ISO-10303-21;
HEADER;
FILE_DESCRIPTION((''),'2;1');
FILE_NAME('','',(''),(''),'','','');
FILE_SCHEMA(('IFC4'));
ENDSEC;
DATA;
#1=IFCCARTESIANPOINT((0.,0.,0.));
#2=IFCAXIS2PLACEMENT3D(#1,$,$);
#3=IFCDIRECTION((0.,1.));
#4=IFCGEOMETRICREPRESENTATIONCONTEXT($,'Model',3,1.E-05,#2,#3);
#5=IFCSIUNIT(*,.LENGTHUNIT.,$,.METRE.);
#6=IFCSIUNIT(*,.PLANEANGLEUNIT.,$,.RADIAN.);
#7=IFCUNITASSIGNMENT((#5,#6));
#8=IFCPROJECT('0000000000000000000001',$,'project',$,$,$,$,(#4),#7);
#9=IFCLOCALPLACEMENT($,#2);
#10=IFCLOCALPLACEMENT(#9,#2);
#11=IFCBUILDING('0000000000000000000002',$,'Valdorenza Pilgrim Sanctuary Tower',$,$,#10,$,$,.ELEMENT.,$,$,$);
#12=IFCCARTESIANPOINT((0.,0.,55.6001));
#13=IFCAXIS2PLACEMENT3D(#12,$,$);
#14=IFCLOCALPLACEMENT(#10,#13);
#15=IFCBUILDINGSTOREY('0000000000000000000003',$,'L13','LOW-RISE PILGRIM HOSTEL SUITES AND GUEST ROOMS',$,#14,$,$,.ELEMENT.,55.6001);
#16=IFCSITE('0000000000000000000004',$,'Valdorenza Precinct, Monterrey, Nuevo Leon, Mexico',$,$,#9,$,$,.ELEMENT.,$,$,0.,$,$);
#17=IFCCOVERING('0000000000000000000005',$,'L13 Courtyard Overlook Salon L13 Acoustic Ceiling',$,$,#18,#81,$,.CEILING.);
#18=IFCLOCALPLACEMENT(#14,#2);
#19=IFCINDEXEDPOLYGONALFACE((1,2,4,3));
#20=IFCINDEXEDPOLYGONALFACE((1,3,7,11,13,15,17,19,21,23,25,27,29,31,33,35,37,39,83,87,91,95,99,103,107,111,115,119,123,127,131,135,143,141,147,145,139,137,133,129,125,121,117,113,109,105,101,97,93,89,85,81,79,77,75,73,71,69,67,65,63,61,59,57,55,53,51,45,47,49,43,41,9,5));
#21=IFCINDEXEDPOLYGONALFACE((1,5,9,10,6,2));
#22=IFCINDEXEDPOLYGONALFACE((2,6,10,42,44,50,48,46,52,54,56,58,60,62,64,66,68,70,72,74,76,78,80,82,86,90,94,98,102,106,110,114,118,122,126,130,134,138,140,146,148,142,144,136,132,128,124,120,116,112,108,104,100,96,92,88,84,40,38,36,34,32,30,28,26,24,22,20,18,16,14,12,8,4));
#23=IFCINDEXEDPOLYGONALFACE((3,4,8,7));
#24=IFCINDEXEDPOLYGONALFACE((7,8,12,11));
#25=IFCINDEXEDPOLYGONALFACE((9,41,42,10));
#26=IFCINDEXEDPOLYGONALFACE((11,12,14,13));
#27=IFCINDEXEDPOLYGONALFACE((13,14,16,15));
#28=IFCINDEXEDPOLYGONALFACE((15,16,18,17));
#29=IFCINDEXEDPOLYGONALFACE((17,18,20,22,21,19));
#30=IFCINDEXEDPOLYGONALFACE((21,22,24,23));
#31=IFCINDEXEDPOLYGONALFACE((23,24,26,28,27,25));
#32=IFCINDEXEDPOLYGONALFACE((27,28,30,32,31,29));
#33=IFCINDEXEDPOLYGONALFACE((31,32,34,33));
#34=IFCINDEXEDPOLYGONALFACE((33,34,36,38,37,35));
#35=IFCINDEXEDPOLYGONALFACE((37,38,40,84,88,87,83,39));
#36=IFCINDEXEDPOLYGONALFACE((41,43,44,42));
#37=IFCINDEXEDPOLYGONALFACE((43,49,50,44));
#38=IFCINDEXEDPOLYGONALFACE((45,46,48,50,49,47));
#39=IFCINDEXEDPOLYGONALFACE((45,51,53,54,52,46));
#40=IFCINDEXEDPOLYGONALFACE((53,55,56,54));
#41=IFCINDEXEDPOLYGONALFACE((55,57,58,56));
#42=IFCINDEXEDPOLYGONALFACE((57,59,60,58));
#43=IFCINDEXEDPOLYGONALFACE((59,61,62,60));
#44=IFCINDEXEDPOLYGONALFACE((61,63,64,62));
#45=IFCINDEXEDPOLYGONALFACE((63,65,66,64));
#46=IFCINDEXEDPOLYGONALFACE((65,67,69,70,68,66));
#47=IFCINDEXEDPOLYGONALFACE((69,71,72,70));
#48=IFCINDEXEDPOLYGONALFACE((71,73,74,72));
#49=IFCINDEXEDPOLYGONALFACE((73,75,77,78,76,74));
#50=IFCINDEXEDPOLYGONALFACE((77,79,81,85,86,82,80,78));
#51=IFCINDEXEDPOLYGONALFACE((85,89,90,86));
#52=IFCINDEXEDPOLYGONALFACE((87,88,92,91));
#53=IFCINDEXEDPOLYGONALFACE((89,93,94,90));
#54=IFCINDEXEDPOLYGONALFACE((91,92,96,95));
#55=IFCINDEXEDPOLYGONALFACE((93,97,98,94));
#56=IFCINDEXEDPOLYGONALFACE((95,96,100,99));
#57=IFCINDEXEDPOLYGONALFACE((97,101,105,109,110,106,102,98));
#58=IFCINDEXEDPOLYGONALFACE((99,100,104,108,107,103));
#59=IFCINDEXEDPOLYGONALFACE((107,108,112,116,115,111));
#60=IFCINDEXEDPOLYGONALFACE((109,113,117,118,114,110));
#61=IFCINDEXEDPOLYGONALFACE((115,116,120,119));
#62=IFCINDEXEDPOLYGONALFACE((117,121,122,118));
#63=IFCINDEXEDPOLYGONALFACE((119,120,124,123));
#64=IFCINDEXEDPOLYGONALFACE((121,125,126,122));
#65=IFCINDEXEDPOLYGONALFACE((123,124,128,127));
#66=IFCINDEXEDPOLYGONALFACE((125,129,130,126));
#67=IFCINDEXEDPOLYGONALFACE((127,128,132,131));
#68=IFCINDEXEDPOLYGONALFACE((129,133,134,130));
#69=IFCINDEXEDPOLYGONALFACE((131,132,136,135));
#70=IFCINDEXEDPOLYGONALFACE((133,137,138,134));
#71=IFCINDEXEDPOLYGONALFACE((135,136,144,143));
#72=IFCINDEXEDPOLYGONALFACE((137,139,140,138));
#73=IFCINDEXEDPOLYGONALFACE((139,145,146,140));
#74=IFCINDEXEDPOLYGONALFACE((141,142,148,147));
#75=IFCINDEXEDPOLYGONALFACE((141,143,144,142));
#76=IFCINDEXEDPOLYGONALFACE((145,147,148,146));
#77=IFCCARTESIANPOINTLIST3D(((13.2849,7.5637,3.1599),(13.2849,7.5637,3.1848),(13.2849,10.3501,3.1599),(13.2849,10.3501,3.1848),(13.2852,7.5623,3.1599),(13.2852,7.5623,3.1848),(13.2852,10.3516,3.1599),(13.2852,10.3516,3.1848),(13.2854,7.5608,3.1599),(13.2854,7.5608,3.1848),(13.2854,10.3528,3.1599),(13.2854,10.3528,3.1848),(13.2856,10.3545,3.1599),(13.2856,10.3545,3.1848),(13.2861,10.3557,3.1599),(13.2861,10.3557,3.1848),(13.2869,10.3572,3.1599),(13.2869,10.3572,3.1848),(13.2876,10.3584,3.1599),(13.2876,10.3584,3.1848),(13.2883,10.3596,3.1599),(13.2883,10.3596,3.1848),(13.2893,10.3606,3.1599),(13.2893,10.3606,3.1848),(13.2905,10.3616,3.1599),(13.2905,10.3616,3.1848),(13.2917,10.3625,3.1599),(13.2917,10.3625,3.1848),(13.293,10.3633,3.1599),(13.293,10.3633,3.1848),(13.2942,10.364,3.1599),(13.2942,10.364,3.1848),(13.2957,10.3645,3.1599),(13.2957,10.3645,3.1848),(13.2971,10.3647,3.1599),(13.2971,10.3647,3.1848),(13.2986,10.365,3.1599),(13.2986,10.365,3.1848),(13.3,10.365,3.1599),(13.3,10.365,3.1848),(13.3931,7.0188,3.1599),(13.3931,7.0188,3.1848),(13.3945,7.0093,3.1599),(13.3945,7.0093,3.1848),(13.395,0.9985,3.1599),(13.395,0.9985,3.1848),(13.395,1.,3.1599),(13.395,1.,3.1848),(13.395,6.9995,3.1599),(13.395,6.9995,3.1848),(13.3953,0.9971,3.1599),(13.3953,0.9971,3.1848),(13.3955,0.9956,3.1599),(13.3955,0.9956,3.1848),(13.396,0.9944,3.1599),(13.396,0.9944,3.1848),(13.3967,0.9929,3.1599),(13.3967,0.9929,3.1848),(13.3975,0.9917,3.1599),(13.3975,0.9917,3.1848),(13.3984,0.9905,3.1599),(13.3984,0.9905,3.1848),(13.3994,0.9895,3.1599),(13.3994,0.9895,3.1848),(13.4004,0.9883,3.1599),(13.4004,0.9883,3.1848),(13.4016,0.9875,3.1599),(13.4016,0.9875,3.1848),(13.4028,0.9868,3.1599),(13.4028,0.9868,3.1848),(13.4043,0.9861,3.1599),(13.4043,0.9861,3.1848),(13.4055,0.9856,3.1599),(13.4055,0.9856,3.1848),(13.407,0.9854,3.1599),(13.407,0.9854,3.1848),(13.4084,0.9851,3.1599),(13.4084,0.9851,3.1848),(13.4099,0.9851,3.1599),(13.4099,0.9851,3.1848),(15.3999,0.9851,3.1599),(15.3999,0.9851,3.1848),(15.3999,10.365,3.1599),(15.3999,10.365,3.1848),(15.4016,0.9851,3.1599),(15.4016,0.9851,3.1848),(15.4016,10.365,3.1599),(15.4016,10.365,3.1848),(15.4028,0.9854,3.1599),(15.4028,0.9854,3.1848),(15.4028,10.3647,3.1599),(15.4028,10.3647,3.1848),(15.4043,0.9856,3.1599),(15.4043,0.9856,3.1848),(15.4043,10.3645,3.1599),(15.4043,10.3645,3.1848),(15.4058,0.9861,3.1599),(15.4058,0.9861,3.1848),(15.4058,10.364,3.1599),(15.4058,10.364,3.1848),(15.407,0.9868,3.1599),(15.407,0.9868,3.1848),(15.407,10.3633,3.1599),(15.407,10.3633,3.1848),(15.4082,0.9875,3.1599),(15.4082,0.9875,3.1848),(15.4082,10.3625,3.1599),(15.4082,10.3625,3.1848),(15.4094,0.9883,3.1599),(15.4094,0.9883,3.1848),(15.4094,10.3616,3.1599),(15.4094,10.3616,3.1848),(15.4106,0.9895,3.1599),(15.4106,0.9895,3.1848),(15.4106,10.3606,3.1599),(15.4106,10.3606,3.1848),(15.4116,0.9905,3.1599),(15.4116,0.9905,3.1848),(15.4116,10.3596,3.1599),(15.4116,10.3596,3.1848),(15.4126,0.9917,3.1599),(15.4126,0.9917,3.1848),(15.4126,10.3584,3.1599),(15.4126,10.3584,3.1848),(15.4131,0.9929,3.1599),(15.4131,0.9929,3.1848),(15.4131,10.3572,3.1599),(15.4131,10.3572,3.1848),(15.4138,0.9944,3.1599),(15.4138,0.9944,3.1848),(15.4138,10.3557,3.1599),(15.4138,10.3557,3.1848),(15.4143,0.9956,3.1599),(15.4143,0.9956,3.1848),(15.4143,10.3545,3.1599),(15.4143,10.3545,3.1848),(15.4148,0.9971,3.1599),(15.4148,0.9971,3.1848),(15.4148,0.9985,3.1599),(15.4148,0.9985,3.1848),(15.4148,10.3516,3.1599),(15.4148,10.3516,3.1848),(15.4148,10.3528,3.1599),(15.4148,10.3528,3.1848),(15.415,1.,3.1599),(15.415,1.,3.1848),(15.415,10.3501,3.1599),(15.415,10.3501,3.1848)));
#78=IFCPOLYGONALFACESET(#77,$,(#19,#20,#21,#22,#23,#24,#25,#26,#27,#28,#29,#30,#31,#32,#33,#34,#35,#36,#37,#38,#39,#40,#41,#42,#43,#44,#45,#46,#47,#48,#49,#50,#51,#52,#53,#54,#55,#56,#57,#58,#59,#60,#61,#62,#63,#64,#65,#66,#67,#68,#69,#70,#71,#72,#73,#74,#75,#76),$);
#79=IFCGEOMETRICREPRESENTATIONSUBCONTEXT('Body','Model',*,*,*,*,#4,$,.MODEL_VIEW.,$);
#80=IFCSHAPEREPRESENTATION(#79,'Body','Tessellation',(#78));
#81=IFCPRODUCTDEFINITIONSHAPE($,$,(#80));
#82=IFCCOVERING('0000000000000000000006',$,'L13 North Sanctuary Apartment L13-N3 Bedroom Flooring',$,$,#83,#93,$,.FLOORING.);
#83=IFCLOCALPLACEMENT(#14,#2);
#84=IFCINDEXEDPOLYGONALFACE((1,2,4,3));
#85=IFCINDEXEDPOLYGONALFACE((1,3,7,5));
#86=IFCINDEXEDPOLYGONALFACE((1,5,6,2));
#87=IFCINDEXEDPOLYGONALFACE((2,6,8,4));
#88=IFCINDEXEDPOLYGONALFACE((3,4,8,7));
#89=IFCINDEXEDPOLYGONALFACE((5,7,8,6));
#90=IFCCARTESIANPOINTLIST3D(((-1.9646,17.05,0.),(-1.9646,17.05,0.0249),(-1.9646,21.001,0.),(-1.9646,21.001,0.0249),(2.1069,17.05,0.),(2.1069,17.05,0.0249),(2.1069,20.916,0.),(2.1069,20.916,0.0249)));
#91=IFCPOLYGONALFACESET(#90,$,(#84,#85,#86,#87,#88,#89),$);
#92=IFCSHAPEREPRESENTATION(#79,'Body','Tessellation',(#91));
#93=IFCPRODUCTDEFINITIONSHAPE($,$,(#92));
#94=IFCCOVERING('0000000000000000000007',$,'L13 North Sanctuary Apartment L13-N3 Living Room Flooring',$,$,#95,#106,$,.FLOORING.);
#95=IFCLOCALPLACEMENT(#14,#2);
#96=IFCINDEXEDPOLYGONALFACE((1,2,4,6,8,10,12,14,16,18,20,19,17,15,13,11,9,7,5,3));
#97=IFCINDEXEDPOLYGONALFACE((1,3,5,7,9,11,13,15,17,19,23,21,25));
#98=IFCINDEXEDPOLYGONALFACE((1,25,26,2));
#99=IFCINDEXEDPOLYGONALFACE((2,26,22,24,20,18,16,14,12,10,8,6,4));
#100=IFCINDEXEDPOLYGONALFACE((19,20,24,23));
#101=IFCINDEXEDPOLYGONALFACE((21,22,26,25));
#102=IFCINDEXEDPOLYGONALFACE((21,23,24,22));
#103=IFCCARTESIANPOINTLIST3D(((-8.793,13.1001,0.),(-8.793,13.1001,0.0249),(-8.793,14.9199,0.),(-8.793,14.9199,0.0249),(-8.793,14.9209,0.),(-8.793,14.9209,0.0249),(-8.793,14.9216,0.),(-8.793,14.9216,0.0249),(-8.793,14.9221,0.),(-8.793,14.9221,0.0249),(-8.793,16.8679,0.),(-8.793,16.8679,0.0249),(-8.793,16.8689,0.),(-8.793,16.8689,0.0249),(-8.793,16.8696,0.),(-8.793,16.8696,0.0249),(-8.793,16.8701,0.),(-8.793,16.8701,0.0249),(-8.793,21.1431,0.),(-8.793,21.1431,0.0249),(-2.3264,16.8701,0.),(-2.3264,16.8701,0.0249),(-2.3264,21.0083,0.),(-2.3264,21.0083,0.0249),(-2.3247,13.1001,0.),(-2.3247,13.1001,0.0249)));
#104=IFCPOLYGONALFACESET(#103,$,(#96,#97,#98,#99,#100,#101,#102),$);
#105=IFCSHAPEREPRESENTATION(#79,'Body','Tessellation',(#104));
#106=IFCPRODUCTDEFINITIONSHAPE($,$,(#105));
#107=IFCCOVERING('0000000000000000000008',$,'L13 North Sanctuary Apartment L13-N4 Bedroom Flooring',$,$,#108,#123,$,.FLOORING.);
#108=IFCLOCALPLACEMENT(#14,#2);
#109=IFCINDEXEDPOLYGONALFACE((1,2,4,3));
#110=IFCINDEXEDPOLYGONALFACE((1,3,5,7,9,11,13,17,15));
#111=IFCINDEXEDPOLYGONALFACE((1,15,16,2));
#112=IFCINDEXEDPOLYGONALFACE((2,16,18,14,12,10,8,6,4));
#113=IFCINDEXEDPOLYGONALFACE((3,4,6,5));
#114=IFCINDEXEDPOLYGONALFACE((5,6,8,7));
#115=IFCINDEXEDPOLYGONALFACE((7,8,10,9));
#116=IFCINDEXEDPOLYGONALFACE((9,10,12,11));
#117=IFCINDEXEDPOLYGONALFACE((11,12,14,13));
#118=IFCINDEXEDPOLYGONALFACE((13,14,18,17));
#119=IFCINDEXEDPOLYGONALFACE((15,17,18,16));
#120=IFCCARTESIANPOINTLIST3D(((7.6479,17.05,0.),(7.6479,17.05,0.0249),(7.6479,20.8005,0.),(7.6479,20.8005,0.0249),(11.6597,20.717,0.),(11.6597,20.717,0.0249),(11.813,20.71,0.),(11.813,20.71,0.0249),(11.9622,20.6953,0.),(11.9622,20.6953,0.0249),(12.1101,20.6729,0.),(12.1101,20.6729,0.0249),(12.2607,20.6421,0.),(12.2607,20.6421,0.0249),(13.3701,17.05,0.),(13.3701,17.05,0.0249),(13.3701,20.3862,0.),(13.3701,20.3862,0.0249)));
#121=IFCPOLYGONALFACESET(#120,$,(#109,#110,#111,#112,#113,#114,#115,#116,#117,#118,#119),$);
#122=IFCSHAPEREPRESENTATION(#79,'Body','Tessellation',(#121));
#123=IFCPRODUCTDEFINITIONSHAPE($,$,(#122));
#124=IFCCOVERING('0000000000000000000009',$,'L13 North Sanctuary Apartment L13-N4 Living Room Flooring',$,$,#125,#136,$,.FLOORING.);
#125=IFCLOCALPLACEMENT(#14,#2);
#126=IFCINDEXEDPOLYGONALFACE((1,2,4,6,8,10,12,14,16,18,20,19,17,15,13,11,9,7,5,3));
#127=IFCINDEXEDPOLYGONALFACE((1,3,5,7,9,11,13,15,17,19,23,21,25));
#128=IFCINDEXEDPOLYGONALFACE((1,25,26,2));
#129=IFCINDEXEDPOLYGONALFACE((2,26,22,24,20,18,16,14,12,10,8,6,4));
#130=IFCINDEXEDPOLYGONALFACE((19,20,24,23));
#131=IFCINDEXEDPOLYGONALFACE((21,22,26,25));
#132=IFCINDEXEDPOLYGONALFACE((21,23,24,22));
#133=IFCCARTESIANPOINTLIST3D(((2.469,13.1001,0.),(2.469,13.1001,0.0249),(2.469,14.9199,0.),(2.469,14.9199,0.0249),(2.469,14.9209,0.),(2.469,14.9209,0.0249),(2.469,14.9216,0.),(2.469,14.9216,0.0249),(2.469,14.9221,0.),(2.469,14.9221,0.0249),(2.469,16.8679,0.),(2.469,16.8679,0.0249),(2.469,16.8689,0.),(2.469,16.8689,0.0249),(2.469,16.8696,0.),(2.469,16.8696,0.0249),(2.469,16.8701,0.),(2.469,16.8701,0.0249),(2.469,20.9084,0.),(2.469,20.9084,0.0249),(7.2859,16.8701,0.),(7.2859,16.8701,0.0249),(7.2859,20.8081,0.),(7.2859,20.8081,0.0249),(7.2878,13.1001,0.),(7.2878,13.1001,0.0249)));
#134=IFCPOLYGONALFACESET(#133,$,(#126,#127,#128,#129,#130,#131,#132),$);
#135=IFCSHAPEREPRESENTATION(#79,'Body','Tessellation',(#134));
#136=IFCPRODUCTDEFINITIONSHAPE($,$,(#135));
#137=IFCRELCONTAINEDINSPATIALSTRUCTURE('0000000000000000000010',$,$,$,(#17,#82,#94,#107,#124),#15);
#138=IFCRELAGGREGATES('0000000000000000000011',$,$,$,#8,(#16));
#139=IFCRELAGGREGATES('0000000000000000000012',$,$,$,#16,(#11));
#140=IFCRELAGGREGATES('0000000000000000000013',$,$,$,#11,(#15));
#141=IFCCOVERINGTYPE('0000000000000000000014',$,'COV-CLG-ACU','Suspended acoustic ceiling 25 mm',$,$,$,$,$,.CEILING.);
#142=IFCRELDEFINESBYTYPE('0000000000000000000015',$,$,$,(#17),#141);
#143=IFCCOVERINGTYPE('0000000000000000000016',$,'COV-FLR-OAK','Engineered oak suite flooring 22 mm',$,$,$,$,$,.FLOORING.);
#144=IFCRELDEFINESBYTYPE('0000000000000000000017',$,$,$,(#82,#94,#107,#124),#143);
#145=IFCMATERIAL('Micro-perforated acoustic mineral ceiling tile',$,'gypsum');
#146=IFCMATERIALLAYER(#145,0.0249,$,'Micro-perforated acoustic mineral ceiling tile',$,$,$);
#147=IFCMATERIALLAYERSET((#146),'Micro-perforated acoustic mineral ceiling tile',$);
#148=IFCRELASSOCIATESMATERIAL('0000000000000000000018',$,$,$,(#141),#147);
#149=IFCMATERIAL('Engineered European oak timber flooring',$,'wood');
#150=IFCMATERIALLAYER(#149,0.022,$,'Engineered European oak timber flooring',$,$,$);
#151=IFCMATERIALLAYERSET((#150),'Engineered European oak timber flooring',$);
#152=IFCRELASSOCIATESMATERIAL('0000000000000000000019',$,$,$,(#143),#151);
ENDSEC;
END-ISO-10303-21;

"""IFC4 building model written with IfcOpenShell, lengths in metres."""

from ifc_helpers import new_model, si_unit, direction, frame, origin, place, context, subcontext, project, spatial, polyline, outline, extrude, material, layer, layer_set, type_object, element, save


model = new_model("IFC4")

# Units and contexts
model_context = context("Model", 3, precision=1e-05, world=origin(), true_north=direction((0.0, 1.0)))
body_context = subcontext(model_context, "Body", "Model", "MODEL_VIEW")
ifc_project = project(units=[si_unit("LENGTHUNIT", "METRE"), si_unit("PLANEANGLEUNIT", "RADIAN")], contexts=[model_context])

# Site, building, storey
site_placement = place(None, origin())
site = spatial("IfcSite", under=ifc_project, at=site_placement, Name="Valdorenza Precinct, Monterrey, Nuevo Leon, Mexico", CompositionType="ELEMENT", RefElevation=0.0)
building_placement = place(site_placement, origin())
building = spatial("IfcBuilding", under=site, at=building_placement, Name="Valdorenza Pilgrim Sanctuary Tower", CompositionType="ELEMENT")
storey_placement = place(building_placement, frame((0.0, 0.0, 55.6001)))
storey = spatial("IfcBuildingStorey", under=building, at=storey_placement, Name="L13", Description="LOW-RISE PILGRIM HOSTEL SUITES AND GUEST ROOMS", CompositionType="ELEMENT", Elevation=55.6001)

# Coverings
ifc_material_1 = material(Name="Micro-perforated acoustic mineral ceiling tile", Category="gypsum")
ifc_layer_1 = layer(ifc_material_1, 0.0249, Name="Micro-perforated acoustic mineral ceiling tile")
ifc_layer_set_1 = layer_set([ifc_layer_1], Name="Micro-perforated acoustic mineral ceiling tile")
covering_type_1 = type_object("IfcCoveringType", Name="COV-CLG-ACU", Description="Suspended acoustic ceiling 25 mm", PredefinedType="CEILING", material=ifc_layer_set_1)
covering_1_placement = place(storey_placement, frame((0.0, 0.0, 3.1599)))
element("IfcCovering", 1, at=covering_1_placement, inside=storey, type_object=covering_type_1, Name="L13 Courtyard Overlook Salon L13 Acoustic Ceiling", PredefinedType="CEILING", context=body_context, shape_type="SweptSolid", body=[
    extrude(outline(polyline([(15.3999, 10.365), (15.4016, 10.365), (15.4028, 10.3647), (15.4043, 10.3645), (15.4058, 10.364), (15.407, 10.3633), (15.4082, 10.3625), (15.4094, 10.3616), (15.4106, 10.3606), (15.4116, 10.3596), (15.4126, 10.3584), (15.4131, 10.3572), (15.4138, 10.3557), (15.4143, 10.3545), (15.4148, 10.3528), (15.4148, 10.3516), (15.415, 10.3501), (15.415, 1.0), (15.4148, 0.9985), (15.4148, 0.9971), (15.4143, 0.9956), (15.4138, 0.9944), (15.4131, 0.9929), (15.4126, 0.9917), (15.4116, 0.9905), (15.4106, 0.9895), (15.4094, 0.9883), (15.4082, 0.9875), (15.407, 0.9868), (15.4058, 0.9861), (15.4043, 0.9856), (15.4028, 0.9854), (15.4016, 0.9851), (15.3999, 0.9851), (13.4099, 0.9851), (13.4084, 0.9851), (13.407, 0.9854), (13.4055, 0.9856), (13.4043, 0.9861), (13.4028, 0.9868), (13.4016, 0.9875), (13.4004, 0.9883), (13.3994, 0.9895), (13.3984, 0.9905), (13.3975, 0.9917), (13.3967, 0.9929), (13.396, 0.9944), (13.3955, 0.9956), (13.3953, 0.9971), (13.395, 0.9985), (13.395, 1.0), (13.395, 6.9995), (13.3945, 7.0093), (13.3931, 7.0188), (13.2854, 7.5608), (13.2852, 7.5623), (13.2849, 7.5637), (13.2849, 10.3501), (13.2852, 10.3516), (13.2854, 10.3528), (13.2856, 10.3545), (13.2861, 10.3557), (13.2869, 10.3572), (13.2876, 10.3584), (13.2883, 10.3596), (13.2893, 10.3606), (13.2905, 10.3616), (13.2917, 10.3625), (13.293, 10.3633), (13.2942, 10.364), (13.2957, 10.3645), (13.2971, 10.3647), (13.2986, 10.365), (13.3, 10.365), (15.3999, 10.365)])), origin(), (0.0, 0.0, 1.0), 0.0249),
])
ifc_material_2 = material(Name="Engineered European oak timber flooring", Category="wood")
ifc_layer_2 = layer(ifc_material_2, 0.022, Name="Engineered European oak timber flooring")
ifc_layer_set_2 = layer_set([ifc_layer_2], Name="Engineered European oak timber flooring")
covering_type_2 = type_object("IfcCoveringType", Name="COV-FLR-OAK", Description="Engineered oak suite flooring 22 mm", PredefinedType="FLOORING", material=ifc_layer_set_2)
covering_2_placement = place(storey_placement, origin())
element("IfcCovering", 2, at=covering_2_placement, inside=storey, type_object=covering_type_2, Name="L13 North Sanctuary Apartment L13-N3 Bedroom Flooring", PredefinedType="FLOORING", context=body_context, shape_type="SweptSolid", body=[
    extrude(outline(polyline([(-1.9646, 17.05), (-1.9646, 21.001), (2.1069, 20.916), (2.1069, 17.05), (-1.9646, 17.05)])), origin(), (0.0, 0.0, 1.0), 0.0249),
])
covering_3_placement = place(storey_placement, origin())
element("IfcCovering", 3, at=covering_3_placement, inside=storey, type_object=covering_type_2, Name="L13 North Sanctuary Apartment L13-N3 Living Room Flooring", PredefinedType="FLOORING", context=body_context, shape_type="SweptSolid", body=[
    extrude(outline(polyline([(-8.793, 14.9216), (-8.793, 14.9221), (-8.793, 16.8679), (-8.793, 16.8689), (-8.793, 16.8696), (-8.793, 16.8701), (-8.793, 21.1431), (-2.3264, 21.0083), (-2.3264, 16.8701), (-2.3247, 13.1001), (-8.793, 13.1001), (-8.793, 14.9199), (-8.793, 14.9209), (-8.793, 14.9216)])), origin(), (0.0, 0.0, 1.0), 0.0249),
])
covering_4_placement = place(storey_placement, origin())
element("IfcCovering", 4, at=covering_4_placement, inside=storey, type_object=covering_type_2, Name="L13 North Sanctuary Apartment L13-N4 Bedroom Flooring", PredefinedType="FLOORING", context=body_context, shape_type="SweptSolid", body=[
    extrude(outline(polyline([(7.6479, 17.05), (7.6479, 20.8005), (11.6597, 20.717), (11.813, 20.71), (11.9622, 20.6953), (12.1101, 20.6729), (12.2607, 20.6421), (13.3701, 20.3862), (13.3701, 17.05), (7.6479, 17.05)])), origin(), (0.0, 0.0, 1.0), 0.0249),
])
covering_5_placement = place(storey_placement, origin())
element("IfcCovering", 5, at=covering_5_placement, inside=storey, type_object=covering_type_2, Name="L13 North Sanctuary Apartment L13-N4 Living Room Flooring", PredefinedType="FLOORING", context=body_context, shape_type="SweptSolid", body=[
    extrude(outline(polyline([(2.469, 14.9216), (2.469, 14.9221), (2.469, 16.8679), (2.469, 16.8689), (2.469, 16.8696), (2.469, 16.8701), (2.469, 20.9084), (7.2859, 20.8081), (7.2859, 16.8701), (7.2878, 13.1001), (2.469, 13.1001), (2.469, 14.9199), (2.469, 14.9209), (2.469, 14.9216)])), origin(), (0.0, 0.0, 1.0), 0.0249),
])

save(model, "model.ifc")
